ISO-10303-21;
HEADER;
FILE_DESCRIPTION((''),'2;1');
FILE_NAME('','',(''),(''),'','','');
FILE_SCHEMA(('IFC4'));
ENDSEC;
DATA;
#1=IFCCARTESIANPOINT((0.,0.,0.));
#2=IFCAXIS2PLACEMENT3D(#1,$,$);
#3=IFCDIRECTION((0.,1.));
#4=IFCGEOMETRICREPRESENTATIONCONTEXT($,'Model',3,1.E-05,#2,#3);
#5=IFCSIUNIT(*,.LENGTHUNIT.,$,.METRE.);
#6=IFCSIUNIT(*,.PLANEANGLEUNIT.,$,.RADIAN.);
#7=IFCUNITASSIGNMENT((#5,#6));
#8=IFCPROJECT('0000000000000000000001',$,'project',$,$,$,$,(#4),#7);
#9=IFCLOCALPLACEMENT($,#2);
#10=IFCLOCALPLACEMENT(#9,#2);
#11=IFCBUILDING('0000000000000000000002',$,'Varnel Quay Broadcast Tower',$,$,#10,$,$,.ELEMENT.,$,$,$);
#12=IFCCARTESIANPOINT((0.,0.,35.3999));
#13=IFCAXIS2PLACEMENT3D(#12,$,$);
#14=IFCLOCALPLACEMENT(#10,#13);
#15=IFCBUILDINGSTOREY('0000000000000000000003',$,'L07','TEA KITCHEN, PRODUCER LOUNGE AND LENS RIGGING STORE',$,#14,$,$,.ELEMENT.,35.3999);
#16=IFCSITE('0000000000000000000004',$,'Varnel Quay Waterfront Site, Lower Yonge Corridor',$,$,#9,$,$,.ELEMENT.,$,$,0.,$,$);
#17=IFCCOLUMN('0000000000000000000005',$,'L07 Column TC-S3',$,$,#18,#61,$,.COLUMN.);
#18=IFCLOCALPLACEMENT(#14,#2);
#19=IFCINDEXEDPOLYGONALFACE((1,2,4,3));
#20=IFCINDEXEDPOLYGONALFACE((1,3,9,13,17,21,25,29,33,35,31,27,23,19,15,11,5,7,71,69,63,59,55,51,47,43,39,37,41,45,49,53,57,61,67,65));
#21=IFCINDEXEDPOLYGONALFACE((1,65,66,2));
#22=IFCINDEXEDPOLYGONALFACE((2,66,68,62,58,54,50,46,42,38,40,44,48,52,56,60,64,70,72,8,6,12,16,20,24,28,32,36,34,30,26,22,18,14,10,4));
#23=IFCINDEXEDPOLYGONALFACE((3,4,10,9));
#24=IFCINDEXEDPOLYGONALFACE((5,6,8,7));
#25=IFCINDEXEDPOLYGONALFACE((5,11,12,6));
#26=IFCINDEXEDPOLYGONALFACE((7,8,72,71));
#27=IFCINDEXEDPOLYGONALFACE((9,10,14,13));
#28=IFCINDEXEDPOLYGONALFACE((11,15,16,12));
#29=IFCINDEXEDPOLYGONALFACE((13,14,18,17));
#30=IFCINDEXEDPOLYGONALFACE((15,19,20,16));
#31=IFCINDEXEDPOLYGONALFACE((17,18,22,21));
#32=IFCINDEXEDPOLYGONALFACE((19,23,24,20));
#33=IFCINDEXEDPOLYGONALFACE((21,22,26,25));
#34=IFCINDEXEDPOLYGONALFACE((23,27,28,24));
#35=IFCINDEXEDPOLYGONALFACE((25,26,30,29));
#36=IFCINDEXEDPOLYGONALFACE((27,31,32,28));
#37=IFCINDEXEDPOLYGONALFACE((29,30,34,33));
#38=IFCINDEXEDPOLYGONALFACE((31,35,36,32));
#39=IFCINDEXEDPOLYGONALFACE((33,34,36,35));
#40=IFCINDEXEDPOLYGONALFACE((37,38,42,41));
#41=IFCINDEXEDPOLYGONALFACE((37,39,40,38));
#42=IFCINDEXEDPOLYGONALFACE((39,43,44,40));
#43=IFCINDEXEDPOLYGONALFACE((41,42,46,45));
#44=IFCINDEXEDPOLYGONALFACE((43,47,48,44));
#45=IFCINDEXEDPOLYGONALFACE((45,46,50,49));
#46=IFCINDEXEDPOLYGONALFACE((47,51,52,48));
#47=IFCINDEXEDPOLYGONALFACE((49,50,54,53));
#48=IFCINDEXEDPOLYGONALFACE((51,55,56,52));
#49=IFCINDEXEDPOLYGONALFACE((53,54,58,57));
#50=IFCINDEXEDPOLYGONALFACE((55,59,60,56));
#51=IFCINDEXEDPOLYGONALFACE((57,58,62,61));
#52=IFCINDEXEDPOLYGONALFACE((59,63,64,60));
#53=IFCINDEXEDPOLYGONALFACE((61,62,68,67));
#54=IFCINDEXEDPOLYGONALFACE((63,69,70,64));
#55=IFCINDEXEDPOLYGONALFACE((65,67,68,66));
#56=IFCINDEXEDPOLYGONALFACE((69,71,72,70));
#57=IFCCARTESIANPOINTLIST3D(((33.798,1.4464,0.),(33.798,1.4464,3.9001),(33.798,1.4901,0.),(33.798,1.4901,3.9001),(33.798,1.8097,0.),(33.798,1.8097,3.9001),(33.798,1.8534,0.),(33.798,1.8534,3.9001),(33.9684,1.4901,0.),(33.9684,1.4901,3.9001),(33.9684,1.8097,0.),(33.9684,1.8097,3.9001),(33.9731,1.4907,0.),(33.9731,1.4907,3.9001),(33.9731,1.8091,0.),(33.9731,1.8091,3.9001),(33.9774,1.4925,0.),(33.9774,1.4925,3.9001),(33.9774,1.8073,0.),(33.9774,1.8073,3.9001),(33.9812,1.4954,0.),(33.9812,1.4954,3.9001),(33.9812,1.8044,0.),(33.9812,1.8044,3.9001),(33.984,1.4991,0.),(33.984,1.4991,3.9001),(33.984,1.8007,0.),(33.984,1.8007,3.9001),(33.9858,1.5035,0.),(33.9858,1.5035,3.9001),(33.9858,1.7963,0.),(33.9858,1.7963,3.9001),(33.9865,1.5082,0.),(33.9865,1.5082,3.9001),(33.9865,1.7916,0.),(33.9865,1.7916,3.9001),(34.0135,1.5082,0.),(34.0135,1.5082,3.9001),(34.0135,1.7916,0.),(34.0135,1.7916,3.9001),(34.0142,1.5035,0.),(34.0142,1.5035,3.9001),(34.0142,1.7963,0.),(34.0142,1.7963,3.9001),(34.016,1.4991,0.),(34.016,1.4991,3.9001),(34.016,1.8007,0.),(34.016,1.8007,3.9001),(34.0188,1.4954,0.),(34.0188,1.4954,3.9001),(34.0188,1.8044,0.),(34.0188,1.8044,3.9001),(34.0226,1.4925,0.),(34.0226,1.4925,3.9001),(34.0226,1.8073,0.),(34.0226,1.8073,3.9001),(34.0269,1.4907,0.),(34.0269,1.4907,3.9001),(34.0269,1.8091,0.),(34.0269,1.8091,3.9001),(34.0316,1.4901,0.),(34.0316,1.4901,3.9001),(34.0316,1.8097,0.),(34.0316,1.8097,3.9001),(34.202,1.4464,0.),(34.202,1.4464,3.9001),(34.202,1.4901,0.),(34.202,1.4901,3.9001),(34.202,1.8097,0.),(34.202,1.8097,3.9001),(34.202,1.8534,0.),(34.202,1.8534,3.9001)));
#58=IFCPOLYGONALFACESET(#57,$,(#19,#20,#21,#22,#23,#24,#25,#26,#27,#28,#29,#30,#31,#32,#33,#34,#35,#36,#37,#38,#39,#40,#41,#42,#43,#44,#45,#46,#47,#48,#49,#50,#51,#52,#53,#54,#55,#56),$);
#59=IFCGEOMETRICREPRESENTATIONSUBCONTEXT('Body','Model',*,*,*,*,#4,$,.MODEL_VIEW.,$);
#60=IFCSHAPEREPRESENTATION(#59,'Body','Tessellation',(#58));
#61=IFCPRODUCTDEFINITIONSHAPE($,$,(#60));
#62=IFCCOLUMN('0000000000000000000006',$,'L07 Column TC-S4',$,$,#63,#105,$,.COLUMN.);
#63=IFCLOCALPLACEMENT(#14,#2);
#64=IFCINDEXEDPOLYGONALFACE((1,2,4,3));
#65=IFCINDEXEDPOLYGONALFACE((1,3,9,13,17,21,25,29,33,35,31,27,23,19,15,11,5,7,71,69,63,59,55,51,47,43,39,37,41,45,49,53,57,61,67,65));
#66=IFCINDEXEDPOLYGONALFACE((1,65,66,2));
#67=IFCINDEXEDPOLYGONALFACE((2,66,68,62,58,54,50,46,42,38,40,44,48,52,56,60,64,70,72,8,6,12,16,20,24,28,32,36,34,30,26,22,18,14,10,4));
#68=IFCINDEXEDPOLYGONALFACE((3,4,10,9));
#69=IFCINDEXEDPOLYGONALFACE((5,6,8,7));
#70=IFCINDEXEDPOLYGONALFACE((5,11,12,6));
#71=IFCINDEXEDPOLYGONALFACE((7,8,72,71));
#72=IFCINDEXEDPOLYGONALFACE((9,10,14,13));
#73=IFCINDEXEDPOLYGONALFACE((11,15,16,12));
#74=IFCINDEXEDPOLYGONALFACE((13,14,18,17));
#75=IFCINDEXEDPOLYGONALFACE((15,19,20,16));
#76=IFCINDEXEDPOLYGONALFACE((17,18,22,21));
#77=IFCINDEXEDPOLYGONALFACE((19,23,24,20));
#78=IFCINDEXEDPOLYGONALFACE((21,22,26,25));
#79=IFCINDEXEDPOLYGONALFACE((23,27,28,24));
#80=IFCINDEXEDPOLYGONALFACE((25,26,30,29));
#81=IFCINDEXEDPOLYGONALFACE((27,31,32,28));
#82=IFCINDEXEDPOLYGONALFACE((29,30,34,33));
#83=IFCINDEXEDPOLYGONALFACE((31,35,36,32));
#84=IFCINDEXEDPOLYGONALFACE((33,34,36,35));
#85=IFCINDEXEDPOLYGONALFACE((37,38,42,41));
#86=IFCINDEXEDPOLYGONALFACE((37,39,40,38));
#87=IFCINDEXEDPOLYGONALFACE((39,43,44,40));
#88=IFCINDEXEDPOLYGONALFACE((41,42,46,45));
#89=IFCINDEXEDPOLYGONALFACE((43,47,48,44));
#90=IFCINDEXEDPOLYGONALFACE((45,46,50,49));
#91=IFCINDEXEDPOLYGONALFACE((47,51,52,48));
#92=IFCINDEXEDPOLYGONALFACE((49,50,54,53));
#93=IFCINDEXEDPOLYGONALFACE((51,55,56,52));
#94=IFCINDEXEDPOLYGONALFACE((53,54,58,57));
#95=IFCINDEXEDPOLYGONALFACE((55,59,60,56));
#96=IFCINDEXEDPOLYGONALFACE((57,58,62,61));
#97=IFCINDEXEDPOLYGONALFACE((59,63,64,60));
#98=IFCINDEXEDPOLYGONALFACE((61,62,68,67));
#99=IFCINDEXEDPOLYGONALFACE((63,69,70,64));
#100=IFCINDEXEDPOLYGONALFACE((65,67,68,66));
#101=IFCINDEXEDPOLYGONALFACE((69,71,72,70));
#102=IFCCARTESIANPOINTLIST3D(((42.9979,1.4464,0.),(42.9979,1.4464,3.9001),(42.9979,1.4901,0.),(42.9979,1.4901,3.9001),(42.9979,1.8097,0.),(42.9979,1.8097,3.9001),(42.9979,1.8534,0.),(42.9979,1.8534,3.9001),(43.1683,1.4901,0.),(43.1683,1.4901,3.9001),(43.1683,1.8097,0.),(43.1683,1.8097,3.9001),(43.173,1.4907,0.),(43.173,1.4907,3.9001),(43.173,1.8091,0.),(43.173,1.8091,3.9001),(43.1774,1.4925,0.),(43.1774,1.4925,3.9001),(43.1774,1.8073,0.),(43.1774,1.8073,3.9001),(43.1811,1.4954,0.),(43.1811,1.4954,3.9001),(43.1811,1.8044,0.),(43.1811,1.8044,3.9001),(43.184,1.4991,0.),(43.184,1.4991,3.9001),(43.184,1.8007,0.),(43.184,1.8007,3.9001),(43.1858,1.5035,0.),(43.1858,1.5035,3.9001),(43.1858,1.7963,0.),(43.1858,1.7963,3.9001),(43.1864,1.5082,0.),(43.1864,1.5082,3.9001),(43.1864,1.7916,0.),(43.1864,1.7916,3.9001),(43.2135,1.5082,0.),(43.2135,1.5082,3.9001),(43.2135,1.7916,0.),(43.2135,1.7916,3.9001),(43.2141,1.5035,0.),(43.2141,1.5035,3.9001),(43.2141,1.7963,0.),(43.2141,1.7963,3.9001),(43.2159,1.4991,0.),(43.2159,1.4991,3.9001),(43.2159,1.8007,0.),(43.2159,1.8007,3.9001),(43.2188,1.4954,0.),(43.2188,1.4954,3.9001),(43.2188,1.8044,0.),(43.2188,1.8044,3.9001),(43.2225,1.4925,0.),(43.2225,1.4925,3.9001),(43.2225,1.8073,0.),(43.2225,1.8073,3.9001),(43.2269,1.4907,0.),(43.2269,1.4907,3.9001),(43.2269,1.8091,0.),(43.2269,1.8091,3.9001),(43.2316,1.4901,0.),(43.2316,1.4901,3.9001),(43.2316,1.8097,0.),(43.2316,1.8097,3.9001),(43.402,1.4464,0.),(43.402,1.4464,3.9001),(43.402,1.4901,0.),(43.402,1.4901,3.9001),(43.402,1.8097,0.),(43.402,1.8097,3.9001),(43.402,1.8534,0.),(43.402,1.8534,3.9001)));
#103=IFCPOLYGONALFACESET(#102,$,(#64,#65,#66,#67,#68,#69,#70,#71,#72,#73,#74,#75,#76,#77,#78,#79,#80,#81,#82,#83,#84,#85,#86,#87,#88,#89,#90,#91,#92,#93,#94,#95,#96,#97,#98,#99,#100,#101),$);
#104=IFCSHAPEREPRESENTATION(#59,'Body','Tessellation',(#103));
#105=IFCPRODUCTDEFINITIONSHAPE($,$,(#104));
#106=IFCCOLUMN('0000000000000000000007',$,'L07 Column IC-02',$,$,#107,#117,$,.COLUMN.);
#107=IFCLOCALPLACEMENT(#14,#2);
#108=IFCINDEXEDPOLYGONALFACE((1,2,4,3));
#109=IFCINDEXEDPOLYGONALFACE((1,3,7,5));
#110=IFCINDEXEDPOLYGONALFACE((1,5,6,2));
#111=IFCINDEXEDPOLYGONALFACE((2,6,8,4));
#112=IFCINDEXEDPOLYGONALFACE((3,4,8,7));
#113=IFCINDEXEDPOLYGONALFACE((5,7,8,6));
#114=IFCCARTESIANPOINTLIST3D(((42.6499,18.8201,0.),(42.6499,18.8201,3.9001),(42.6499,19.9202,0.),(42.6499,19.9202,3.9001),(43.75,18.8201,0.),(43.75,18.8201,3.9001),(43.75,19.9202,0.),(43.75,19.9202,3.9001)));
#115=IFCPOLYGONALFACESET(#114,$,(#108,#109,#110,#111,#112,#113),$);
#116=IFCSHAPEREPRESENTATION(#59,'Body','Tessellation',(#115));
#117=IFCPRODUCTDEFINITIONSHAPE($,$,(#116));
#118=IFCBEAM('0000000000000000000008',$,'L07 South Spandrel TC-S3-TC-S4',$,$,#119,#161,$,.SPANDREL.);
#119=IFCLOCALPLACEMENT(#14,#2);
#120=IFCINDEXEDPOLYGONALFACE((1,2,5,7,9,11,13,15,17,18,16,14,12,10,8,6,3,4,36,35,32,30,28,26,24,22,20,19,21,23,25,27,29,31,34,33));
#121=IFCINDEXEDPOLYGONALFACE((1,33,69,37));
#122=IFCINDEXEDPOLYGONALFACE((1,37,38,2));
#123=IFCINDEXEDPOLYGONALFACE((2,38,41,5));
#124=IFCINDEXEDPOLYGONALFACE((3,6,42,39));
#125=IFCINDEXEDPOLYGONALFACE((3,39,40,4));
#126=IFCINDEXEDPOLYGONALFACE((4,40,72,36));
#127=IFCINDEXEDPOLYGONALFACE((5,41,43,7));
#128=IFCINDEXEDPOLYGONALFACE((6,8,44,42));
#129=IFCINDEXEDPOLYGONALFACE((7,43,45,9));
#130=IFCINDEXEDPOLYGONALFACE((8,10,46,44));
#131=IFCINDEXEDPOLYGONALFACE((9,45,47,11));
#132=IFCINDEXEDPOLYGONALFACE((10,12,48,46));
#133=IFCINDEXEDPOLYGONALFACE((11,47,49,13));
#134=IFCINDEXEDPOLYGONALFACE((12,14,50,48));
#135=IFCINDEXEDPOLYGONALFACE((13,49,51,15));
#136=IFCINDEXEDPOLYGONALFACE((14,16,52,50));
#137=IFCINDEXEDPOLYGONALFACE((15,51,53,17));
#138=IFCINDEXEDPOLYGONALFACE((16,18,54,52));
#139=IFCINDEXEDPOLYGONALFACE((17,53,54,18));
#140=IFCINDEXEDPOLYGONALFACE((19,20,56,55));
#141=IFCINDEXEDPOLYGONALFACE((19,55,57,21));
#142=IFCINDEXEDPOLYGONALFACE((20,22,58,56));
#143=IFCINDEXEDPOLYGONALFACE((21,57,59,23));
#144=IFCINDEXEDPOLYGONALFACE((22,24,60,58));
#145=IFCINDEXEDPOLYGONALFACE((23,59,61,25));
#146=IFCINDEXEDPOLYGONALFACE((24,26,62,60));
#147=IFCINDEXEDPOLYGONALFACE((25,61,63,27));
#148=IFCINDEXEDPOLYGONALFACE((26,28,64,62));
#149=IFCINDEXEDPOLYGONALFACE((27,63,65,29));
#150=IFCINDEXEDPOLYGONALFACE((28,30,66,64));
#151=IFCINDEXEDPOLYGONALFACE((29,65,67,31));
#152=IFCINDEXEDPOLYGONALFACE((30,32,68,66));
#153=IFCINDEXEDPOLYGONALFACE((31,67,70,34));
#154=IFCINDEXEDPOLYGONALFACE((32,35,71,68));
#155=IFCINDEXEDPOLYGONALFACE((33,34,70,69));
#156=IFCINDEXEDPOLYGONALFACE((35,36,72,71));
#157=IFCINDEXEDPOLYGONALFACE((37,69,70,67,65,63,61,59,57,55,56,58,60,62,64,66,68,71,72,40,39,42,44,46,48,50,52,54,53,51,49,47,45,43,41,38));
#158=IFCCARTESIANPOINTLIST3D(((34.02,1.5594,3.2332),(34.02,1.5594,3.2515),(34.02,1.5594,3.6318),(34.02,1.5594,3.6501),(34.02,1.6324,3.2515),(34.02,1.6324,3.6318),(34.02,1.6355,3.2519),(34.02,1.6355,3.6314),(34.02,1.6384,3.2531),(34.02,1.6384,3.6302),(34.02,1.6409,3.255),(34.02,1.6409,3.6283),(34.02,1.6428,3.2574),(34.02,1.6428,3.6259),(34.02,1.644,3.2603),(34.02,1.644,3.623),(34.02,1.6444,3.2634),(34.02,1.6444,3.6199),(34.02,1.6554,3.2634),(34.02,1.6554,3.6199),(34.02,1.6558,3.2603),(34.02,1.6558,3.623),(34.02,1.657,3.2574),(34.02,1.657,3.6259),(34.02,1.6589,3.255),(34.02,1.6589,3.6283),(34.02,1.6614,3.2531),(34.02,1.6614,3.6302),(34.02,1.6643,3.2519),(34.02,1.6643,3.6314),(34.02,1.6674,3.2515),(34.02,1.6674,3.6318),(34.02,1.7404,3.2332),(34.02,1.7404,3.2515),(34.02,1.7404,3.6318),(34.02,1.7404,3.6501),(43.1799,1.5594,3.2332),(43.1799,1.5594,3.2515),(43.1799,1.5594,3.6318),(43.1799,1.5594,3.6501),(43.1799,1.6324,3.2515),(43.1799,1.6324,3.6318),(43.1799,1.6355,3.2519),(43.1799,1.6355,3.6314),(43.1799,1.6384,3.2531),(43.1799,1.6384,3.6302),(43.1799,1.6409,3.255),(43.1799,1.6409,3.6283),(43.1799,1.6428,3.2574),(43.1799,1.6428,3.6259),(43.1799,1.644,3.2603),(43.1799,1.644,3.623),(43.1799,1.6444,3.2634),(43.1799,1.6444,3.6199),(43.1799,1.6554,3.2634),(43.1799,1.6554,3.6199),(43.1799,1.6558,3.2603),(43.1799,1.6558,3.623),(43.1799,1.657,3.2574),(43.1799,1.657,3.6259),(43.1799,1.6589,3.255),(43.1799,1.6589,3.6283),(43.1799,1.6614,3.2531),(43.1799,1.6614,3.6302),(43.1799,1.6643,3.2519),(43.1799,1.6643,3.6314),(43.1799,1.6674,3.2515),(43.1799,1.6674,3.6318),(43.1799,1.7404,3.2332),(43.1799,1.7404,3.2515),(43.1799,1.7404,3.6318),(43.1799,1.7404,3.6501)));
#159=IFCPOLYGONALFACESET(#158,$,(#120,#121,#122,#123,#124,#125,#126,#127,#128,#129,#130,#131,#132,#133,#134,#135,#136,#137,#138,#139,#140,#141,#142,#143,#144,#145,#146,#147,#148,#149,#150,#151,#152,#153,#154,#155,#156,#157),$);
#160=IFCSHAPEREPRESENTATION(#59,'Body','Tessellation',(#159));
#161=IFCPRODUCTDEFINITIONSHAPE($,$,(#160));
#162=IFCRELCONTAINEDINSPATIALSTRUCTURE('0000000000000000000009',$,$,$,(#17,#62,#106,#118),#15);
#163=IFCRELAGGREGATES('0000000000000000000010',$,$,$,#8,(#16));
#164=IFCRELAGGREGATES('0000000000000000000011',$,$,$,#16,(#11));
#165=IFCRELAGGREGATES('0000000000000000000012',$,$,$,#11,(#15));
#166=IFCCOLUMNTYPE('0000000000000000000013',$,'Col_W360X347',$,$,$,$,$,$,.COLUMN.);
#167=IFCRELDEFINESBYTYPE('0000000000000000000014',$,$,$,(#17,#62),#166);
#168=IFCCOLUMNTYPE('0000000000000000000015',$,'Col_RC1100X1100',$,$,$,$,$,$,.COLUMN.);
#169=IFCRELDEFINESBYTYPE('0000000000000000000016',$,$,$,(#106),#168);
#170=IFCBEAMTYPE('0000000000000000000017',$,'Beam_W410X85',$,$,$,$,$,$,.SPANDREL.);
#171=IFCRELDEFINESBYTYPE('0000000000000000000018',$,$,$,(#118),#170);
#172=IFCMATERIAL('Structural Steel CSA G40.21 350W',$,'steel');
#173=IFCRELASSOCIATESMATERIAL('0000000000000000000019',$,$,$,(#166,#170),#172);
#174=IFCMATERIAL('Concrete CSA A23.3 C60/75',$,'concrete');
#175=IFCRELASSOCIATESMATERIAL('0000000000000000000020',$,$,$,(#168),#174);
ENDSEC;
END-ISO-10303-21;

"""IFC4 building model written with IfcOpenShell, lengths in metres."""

from ifc_helpers import new_model, si_unit, direction, frame, origin, origin_2d, place, context, subcontext, project, spatial, rectangle, i_section, extrude, source, transform, mapped, material, material_profile, profile_set, type_object, type_shapes, element, save


model = new_model("IFC4")

# Units and contexts
model_context = context("Model", 3, precision=1e-05, world=origin(), true_north=direction((0.0, 1.0)))
body_context = subcontext(model_context, "Body", "Model", "MODEL_VIEW")
ifc_project = project(units=[si_unit("LENGTHUNIT", "METRE"), si_unit("PLANEANGLEUNIT", "RADIAN")], contexts=[model_context])

# Site, building, storey
site_placement = place(None, origin())
site = spatial("IfcSite", under=ifc_project, at=site_placement, Name="Varnel Quay Waterfront Site, Lower Yonge Corridor", CompositionType="ELEMENT", RefElevation=0.0)
building_placement = place(site_placement, origin())
building = spatial("IfcBuilding", under=site, at=building_placement, Name="Varnel Quay Broadcast Tower", CompositionType="ELEMENT")
storey_placement = place(building_placement, frame((0.0, 0.0, 35.3999)))
storey = spatial("IfcBuildingStorey", under=building, at=storey_placement, Name="L07", Description="TEA KITCHEN, PRODUCER LOUNGE AND LENS RIGGING STORE", CompositionType="ELEMENT", Elevation=35.3999)

# Columns
ifc_material_1 = material(Name="Structural Steel CSA G40.21 350W", Category="steel")
ifc_material_profile_1 = material_profile(ifc_material_1, i_section(OverallWidth=0.4041, OverallDepth=0.407, WebThickness=0.0271, FlangeThickness=0.0437, FilletRadius=0.0181, at=origin_2d()), Name="W360X347")
ifc_profile_set_1 = profile_set([ifc_material_profile_1], Name="Structural Steel CSA G40.21 350W")
column_type_1 = type_object("IfcColumnType", Name="Col_W360X347", PredefinedType="COLUMN", material=ifc_profile_set_1)
shared_shape_1 = source(origin(), body_context, "Body", "SweptSolid", [
    extrude(i_section(OverallWidth=0.4041, OverallDepth=0.407, WebThickness=0.0271, FlangeThickness=0.0437, FilletRadius=0.0181, at=origin_2d()), origin(), (0.0, 0.0, 1.0), 3.9001),
])
type_shapes(column_type_1, [shared_shape_1])
for number, where, z_axis, x_axis, name in (
    (1, (34.0, 1.6499, 0.0), (0.0, 0.0, 1.0), (1.0, 0.0, 0.0), "L07 Column TC-S3"),
    (2, (43.2, 1.6499, 0.0), (0.0, 0.0, 1.0), (1.0, 0.0, 0.0), "L07 Column TC-S4"),
):
    element("IfcColumn", number, at=place(storey_placement, frame(where, z_axis=z_axis, x_axis=x_axis)), inside=storey, type_object=column_type_1, Name=name, PredefinedType="COLUMN", context=body_context, shape_type="MappedRepresentation", body=[
        mapped(shared_shape_1, transform((0.0, 0.0, 0.0), x_axis=(1.0, 0.0, 0.0), y_axis=(0.0, 1.0, 0.0), z_axis=(0.0, 0.0, 1.0), scale=1.0)),
    ])
ifc_material_2 = material(Name="Concrete CSA A23.3 C60/75", Category="concrete")
ifc_material_profile_2 = material_profile(ifc_material_2, rectangle(XDim=1.1001, YDim=1.1001, at=origin_2d()), Name="RC1100X1100")
ifc_profile_set_2 = profile_set([ifc_material_profile_2], Name="Concrete CSA A23.3 C60/75")
column_type_2 = type_object("IfcColumnType", Name="Col_RC1100X1100", PredefinedType="COLUMN", material=ifc_profile_set_2)
shared_shape_2 = source(origin(), body_context, "Body", "SweptSolid", [
    extrude(rectangle(XDim=1.1001, YDim=1.1001, at=origin_2d()), origin(), (0.0, 0.0, 1.0), 3.9001),
])
type_shapes(column_type_2, [shared_shape_2])
column_placement = place(storey_placement, frame((43.2, 19.3701, 0.0), z_axis=(0.0, 0.0, 1.0), x_axis=(1.0, 0.0, 0.0)))
element("IfcColumn", 3, at=column_placement, inside=storey, type_object=column_type_2, Name="L07 Column IC-02", PredefinedType="COLUMN", context=body_context, shape_type="MappedRepresentation", body=[
    mapped(shared_shape_2, transform((0.0, 0.0, 0.0), x_axis=(1.0, 0.0, 0.0), y_axis=(0.0, 1.0, 0.0), z_axis=(0.0, 0.0, 1.0), scale=1.0)),
])

# Beam
ifc_material_profile_3 = material_profile(ifc_material_1, i_section(OverallWidth=0.1809, OverallDepth=0.417, WebThickness=0.011, FlangeThickness=0.0183, FilletRadius=0.012, at=origin_2d()), Name="W410X85")
ifc_profile_set_3 = profile_set([ifc_material_profile_3], Name="Structural Steel CSA G40.21 350W")
beam_type_1 = type_object("IfcBeamType", Name="Beam_W410X85", PredefinedType="SPANDREL", material=ifc_profile_set_3)
shared_shape_3 = source(origin(), body_context, "Body", "SweptSolid", [
    extrude(i_section(OverallWidth=0.1809, OverallDepth=0.417, WebThickness=0.011, FlangeThickness=0.0183, FilletRadius=0.012, at=origin_2d()), origin(), (0.0, 0.0, 1.0), 9.1599),
])
type_shapes(beam_type_1, [shared_shape_3])
for number, where, z_axis, x_axis, name in (
    (4, (34.02, 1.6499, 3.4417), (1.0, 0.0, 0.0), (0.0, 1.0, 0.0), "L07 South Spandrel TC-S3-TC-S4"),
):
    element("IfcBeam", number, at=place(storey_placement, frame(where, z_axis=z_axis, x_axis=x_axis)), inside=storey, type_object=beam_type_1, Name=name, PredefinedType="SPANDREL", context=body_context, shape_type="MappedRepresentation", body=[
        mapped(shared_shape_3, transform((0.0, 0.0, 0.0), x_axis=(1.0, 0.0, 0.0), y_axis=(0.0, 1.0, 0.0), z_axis=(0.0, 0.0, 1.0), scale=1.0)),
    ])

save(model, "model.ifc")
